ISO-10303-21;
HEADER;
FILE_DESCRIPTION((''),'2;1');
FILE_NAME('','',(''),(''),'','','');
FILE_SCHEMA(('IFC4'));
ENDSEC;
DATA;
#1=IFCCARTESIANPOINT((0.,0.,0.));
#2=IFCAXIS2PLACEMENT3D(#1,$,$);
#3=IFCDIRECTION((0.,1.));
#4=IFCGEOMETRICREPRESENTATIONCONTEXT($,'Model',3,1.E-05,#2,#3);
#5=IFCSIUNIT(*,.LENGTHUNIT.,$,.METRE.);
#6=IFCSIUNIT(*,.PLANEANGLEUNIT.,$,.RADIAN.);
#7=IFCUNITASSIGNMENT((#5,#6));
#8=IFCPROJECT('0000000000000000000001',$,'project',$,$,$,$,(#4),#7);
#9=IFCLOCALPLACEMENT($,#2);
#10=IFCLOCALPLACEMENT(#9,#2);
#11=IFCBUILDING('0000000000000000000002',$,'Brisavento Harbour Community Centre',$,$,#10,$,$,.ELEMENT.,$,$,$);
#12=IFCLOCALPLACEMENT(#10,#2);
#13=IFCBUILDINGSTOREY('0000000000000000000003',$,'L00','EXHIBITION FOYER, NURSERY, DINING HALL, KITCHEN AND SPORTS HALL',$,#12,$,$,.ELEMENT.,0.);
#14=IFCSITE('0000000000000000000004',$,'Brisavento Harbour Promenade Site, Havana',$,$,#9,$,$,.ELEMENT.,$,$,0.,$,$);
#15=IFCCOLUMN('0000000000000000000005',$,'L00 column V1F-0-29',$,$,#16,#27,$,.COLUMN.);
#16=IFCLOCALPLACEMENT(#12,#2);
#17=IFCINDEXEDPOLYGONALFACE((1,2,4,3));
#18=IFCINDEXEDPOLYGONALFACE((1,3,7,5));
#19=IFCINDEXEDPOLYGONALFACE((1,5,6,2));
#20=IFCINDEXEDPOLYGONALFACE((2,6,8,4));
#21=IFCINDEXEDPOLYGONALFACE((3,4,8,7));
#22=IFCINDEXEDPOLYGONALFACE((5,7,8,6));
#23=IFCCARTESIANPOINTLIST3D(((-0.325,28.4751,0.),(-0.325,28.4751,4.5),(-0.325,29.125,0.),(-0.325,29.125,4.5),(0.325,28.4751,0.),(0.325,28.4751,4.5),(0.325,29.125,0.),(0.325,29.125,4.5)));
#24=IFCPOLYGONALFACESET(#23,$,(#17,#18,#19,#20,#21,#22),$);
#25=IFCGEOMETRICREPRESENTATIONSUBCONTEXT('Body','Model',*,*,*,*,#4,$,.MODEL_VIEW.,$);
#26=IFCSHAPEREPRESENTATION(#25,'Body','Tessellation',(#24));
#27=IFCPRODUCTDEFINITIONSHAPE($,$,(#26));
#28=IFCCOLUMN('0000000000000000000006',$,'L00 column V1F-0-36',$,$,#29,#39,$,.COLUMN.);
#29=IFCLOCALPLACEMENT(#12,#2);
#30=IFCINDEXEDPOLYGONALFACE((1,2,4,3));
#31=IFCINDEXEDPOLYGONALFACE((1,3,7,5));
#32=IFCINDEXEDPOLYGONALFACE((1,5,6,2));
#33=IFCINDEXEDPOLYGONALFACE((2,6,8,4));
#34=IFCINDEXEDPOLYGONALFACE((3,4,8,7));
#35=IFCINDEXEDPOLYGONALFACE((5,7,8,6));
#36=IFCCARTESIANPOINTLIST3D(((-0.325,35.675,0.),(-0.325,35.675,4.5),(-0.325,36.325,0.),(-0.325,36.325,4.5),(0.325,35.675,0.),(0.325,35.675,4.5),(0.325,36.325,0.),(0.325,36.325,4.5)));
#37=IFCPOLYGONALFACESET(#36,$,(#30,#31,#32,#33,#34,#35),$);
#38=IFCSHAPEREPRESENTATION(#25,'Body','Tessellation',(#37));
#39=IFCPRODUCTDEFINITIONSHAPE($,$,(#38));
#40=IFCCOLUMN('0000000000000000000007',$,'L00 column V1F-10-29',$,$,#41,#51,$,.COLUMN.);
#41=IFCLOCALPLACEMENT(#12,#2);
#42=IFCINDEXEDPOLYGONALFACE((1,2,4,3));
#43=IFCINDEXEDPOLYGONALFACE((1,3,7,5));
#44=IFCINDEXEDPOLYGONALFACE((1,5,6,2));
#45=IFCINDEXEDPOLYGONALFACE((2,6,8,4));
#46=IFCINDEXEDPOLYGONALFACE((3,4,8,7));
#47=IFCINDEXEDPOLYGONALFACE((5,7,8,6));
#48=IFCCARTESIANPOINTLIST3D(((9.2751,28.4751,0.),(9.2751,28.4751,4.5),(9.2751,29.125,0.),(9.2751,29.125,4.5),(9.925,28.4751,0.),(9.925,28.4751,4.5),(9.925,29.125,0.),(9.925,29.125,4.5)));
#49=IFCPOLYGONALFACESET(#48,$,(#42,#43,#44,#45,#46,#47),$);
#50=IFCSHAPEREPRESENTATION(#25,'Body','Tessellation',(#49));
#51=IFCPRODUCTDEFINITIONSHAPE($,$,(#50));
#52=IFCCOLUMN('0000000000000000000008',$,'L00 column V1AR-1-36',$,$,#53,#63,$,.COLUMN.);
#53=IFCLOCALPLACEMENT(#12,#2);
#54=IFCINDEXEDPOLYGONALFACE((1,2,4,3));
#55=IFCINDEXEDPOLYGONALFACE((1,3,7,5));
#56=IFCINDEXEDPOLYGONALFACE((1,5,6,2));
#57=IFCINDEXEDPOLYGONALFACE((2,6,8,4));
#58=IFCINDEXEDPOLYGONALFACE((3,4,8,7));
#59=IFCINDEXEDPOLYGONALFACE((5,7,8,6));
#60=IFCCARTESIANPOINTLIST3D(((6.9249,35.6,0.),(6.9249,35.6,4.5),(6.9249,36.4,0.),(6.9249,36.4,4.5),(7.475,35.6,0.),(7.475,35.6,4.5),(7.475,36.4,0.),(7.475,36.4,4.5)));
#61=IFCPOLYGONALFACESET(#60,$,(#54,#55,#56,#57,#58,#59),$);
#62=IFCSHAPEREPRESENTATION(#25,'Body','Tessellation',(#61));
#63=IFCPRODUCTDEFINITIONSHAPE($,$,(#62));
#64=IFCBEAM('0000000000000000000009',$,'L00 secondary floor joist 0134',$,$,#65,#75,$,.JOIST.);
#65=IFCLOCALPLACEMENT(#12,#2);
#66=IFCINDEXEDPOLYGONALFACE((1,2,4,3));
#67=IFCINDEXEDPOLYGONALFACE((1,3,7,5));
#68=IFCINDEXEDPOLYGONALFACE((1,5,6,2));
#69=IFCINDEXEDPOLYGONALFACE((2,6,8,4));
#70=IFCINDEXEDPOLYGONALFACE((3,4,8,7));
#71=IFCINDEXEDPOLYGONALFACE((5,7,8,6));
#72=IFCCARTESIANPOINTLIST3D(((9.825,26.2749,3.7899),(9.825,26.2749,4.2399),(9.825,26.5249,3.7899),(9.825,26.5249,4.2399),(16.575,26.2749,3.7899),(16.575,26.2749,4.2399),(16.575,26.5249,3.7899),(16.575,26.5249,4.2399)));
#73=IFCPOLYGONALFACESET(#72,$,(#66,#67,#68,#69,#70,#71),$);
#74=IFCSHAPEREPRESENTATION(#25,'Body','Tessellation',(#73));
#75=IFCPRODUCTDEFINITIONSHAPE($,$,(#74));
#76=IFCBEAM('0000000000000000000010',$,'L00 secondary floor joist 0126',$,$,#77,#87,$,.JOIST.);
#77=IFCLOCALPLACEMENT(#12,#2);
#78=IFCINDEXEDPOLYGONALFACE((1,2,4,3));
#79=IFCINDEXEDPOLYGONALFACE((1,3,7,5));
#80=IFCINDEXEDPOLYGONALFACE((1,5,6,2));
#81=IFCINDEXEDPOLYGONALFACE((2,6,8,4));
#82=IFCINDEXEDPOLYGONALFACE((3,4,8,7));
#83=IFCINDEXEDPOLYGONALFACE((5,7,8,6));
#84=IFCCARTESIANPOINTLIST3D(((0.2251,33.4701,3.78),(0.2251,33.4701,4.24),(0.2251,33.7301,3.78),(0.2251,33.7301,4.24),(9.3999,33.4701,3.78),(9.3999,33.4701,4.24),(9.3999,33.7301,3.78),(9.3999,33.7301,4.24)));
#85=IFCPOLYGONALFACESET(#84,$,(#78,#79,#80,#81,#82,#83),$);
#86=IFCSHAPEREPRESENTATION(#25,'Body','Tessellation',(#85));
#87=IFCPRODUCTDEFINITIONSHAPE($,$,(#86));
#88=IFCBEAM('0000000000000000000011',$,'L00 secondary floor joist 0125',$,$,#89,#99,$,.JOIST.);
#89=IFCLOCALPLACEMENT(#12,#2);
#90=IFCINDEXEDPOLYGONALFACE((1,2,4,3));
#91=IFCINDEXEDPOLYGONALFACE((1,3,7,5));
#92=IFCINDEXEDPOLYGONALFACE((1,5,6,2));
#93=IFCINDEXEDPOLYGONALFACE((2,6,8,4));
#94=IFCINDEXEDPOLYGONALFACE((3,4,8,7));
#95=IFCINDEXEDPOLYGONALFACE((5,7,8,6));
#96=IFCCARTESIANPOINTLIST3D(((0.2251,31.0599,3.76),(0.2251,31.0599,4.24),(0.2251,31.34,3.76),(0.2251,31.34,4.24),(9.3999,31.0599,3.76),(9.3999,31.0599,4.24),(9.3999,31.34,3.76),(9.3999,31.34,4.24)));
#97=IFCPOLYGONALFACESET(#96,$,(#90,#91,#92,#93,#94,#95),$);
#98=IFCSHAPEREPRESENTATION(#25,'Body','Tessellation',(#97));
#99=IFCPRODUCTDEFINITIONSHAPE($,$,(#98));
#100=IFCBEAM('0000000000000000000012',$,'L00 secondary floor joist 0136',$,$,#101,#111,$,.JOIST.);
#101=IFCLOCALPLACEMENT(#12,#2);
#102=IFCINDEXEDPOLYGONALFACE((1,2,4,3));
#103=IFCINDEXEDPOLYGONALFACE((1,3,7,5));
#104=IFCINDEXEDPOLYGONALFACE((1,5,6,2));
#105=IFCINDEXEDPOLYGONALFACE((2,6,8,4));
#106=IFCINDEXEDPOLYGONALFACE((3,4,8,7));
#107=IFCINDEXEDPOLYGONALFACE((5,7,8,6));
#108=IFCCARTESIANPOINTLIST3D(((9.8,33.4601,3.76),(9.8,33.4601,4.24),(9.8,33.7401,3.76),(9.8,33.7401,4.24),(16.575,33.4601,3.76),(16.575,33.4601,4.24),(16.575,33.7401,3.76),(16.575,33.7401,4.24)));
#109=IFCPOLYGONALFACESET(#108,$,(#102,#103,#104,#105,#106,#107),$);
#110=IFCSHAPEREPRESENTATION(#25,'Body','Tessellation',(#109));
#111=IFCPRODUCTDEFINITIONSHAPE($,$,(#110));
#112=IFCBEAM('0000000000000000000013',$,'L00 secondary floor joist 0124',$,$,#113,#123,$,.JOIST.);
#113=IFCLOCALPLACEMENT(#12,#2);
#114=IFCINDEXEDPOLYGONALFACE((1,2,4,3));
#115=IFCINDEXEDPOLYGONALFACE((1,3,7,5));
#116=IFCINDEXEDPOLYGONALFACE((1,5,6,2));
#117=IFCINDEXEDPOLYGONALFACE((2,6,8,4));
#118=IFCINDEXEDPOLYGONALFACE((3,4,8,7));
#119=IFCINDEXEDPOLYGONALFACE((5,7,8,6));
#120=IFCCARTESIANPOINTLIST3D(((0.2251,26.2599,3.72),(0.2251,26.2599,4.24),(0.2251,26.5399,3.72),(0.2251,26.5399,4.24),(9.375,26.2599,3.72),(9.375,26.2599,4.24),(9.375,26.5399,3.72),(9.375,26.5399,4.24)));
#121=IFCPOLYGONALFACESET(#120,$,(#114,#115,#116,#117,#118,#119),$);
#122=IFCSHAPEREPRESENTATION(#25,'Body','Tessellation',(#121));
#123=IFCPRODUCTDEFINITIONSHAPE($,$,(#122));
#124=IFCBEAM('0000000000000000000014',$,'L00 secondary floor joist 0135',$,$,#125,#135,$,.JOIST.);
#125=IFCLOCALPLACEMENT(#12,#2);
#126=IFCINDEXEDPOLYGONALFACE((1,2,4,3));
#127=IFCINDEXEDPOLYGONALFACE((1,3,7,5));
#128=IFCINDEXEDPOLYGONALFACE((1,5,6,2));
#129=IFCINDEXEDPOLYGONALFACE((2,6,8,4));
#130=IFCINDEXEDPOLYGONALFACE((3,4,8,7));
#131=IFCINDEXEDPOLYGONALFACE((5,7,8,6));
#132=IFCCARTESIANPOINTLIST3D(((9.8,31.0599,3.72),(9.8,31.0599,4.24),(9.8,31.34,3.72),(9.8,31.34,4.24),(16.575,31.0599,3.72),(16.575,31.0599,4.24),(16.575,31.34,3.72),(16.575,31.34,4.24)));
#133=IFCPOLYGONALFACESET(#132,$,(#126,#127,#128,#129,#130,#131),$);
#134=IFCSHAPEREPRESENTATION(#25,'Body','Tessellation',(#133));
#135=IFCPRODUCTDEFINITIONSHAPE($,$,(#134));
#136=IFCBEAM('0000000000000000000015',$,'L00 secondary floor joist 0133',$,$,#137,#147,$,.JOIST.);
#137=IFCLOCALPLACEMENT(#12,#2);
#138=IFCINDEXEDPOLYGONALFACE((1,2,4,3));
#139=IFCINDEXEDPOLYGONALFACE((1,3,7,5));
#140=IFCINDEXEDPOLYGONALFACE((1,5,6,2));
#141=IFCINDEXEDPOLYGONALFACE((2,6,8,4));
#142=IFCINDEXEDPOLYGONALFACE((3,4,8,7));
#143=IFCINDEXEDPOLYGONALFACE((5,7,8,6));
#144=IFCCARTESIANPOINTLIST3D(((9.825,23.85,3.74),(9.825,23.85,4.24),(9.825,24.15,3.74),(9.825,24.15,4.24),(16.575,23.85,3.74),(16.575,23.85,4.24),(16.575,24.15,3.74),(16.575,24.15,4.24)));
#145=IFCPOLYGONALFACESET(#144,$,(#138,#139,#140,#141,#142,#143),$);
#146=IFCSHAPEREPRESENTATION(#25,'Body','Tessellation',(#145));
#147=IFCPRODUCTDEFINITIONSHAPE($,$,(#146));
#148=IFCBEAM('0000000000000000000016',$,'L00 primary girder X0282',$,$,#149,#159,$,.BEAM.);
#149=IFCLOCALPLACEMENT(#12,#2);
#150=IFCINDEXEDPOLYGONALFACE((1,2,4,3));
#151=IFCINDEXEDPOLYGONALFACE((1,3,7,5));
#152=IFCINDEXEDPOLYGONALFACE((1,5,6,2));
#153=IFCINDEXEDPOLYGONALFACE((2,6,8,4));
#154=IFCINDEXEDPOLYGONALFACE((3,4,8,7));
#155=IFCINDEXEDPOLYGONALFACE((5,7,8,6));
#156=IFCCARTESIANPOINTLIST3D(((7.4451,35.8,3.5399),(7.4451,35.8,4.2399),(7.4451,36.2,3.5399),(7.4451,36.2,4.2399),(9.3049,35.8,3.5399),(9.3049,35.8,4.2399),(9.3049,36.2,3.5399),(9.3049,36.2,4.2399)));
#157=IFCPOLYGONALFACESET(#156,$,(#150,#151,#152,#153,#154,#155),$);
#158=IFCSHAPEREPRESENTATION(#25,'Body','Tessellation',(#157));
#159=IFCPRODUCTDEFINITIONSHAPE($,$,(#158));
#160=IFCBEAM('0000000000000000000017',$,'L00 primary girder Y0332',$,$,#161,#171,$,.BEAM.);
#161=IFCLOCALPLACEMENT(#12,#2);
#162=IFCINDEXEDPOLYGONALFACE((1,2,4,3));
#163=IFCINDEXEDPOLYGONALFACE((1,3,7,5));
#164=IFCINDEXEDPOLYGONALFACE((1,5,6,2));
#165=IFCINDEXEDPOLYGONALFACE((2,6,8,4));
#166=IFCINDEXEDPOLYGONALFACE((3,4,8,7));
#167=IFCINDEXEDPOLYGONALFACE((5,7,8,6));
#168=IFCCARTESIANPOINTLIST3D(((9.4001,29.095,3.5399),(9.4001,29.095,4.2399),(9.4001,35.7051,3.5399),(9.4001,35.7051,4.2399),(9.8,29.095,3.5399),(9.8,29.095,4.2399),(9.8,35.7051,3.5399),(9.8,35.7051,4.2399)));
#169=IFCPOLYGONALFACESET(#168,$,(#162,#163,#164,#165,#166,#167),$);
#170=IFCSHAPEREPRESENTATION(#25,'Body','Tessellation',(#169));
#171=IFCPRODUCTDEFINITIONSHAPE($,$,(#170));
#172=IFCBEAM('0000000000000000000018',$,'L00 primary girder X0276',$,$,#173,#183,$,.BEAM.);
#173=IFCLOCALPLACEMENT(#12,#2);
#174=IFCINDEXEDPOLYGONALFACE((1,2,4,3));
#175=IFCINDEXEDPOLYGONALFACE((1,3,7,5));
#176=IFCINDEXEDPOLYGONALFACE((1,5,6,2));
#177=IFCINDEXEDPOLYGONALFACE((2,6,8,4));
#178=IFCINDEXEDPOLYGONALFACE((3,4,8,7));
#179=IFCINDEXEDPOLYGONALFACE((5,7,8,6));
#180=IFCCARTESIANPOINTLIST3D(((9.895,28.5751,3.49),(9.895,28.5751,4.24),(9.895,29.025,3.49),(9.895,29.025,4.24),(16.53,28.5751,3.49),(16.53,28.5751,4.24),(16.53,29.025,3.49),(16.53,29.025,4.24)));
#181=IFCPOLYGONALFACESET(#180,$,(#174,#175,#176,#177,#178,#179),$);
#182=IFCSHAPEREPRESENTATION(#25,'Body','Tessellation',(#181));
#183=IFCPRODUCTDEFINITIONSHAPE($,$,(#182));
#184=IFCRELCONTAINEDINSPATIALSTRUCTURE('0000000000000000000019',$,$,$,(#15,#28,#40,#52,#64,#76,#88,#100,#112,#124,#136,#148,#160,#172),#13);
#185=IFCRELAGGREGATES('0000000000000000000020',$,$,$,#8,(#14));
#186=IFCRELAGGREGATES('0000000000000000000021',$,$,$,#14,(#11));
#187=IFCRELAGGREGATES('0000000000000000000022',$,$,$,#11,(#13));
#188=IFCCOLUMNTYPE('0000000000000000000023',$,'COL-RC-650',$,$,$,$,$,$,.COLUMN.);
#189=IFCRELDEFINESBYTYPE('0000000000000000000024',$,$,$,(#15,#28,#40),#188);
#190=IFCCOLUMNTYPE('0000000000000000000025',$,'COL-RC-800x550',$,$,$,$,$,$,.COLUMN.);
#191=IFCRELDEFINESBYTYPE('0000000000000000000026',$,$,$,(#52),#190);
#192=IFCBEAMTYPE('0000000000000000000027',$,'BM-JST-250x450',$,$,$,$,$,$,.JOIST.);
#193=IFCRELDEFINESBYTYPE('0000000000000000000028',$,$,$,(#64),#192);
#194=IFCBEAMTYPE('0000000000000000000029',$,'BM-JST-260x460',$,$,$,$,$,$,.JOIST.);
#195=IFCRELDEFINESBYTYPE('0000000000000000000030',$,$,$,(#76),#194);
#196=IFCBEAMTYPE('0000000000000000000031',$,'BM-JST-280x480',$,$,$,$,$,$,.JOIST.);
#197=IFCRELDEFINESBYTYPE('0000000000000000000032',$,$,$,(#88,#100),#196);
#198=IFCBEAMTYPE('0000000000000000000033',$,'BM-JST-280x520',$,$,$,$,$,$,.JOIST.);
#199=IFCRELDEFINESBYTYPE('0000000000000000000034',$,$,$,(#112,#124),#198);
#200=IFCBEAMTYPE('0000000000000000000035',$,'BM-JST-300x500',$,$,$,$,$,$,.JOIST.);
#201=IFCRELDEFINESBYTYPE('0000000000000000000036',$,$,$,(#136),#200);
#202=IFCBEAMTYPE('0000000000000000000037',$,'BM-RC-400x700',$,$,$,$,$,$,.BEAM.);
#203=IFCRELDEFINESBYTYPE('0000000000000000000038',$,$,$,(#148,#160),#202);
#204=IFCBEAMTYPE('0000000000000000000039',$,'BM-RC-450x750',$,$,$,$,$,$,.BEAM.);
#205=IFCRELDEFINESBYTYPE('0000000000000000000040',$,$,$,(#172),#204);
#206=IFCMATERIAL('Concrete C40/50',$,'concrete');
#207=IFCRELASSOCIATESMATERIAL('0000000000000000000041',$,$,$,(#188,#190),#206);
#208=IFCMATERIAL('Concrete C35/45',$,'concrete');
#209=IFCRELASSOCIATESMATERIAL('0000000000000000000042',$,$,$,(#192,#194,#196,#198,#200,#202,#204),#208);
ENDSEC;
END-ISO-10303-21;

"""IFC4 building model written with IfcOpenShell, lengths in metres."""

from ifc_helpers import new_model, si_unit, direction, frame, origin, origin_2d, place, context, subcontext, project, spatial, rectangle, extrude, material, material_profile, profile_set, type_object, element, save


model = new_model("IFC4")

# Units and contexts
model_context = context("Model", 3, precision=1e-05, world=origin(), true_north=direction((0.0, 1.0)))
body_context = subcontext(model_context, "Body", "Model", "MODEL_VIEW")
ifc_project = project(units=[si_unit("LENGTHUNIT", "METRE"), si_unit("PLANEANGLEUNIT", "RADIAN")], contexts=[model_context])

# Site, building, storey
site_placement = place(None, origin())
site = spatial("IfcSite", under=ifc_project, at=site_placement, Name="Brisavento Harbour Promenade Site, Havana", CompositionType="ELEMENT", RefElevation=0.0)
building_placement = place(site_placement, origin())
building = spatial("IfcBuilding", under=site, at=building_placement, Name="Brisavento Harbour Community Centre", CompositionType="ELEMENT")
storey_placement = place(building_placement, origin())
storey = spatial("IfcBuildingStorey", under=building, at=storey_placement, Name="L00", Description="EXHIBITION FOYER, NURSERY, DINING HALL, KITCHEN AND SPORTS HALL", CompositionType="ELEMENT", Elevation=0.0)

# Columns
ifc_material_1 = material(Name="Concrete C40/50", Category="concrete")
ifc_material_profile_1 = material_profile(ifc_material_1, rectangle(XDim=0.6499, YDim=0.6499, at=origin_2d()), Name="Concrete C40/50")
ifc_profile_set_1 = profile_set([ifc_material_profile_1], Name="Concrete C40/50")
column_type_1 = type_object("IfcColumnType", Name="COL-RC-650", PredefinedType="COLUMN", material=ifc_profile_set_1)
for number, where, z_axis, x_axis, name in (
    (1, (0.0, 28.8, 0.0), (0.0, 0.0, 1.0), (1.0, 0.0, 0.0), "L00 column V1F-0-29"),
    (2, (0.0, 36.0, 0.0), (0.0, 0.0, 1.0), (1.0, 0.0, 0.0), "L00 column V1F-0-36"),
    (3, (9.6001, 28.8, 0.0), (0.0, 0.0, 1.0), (1.0, 0.0, 0.0), "L00 column V1F-10-29"),
):
    element("IfcColumn", number, at=place(storey_placement, frame(where, z_axis=z_axis, x_axis=x_axis)), inside=storey, type_object=column_type_1, Name=name, PredefinedType="COLUMN", context=body_context, shape_type="SweptSolid", body=[
        extrude(rectangle(XDim=0.6499, YDim=0.6499, at=origin_2d()), origin(), (0.0, 0.0, 1.0), 4.5),
    ])
ifc_material_profile_2 = material_profile(ifc_material_1, rectangle(XDim=0.55, YDim=0.8, at=origin_2d()), Name="Concrete C40/50")
ifc_profile_set_2 = profile_set([ifc_material_profile_2], Name="Concrete C40/50")
column_type_2 = type_object("IfcColumnType", Name="COL-RC-800x550", PredefinedType="COLUMN", material=ifc_profile_set_2)
column_placement = place(storey_placement, frame((7.2, 36.0, 0.0), z_axis=(0.0, 0.0, 1.0), x_axis=(1.0, 0.0, 0.0)))
element("IfcColumn", 4, at=column_placement, inside=storey, type_object=column_type_2, Name="L00 column V1AR-1-36", PredefinedType="COLUMN", context=body_context, shape_type="SweptSolid", body=[
    extrude(rectangle(XDim=0.55, YDim=0.8, at=origin_2d()), origin(), (0.0, 0.0, 1.0), 4.5),
])

# Beams
ifc_material_2 = material(Name="Concrete C35/45", Category="concrete")
ifc_material_profile_3 = material_profile(ifc_material_2, rectangle(XDim=0.25, YDim=0.45, at=origin_2d()), Name="Concrete C35/45")
ifc_profile_set_3 = profile_set([ifc_material_profile_3], Name="Concrete C35/45")
beam_type_1 = type_object("IfcBeamType", Name="BM-JST-250x450", PredefinedType="JOIST", material=ifc_profile_set_3)
beam_1_placement = place(storey_placement, frame((9.825, 26.3999, 4.0149), z_axis=(1.0, 0.0, 0.0), x_axis=(0.0, 1.0, 0.0)))
element("IfcBeam", 5, at=beam_1_placement, inside=storey, type_object=beam_type_1, Name="L00 secondary floor joist 0134", PredefinedType="JOIST", context=body_context, shape_type="SweptSolid", body=[
    extrude(rectangle(XDim=0.25, YDim=0.45, at=origin_2d()), origin(), (0.0, 0.0, 1.0), 6.75),
])
ifc_material_profile_4 = material_profile(ifc_material_2, rectangle(XDim=0.26, YDim=0.46, at=origin_2d()), Name="Concrete C35/45")
ifc_profile_set_4 = profile_set([ifc_material_profile_4], Name="Concrete C35/45")
beam_type_2 = type_object("IfcBeamType", Name="BM-JST-260x460", PredefinedType="JOIST", material=ifc_profile_set_4)
beam_2_placement = place(storey_placement, frame((0.2251, 33.6001, 4.01), z_axis=(1.0, 0.0, 0.0), x_axis=(0.0, 1.0, 0.0)))
element("IfcBeam", 6, at=beam_2_placement, inside=storey, type_object=beam_type_2, Name="L00 secondary floor joist 0126", PredefinedType="JOIST", context=body_context, shape_type="SweptSolid", body=[
    extrude(rectangle(XDim=0.26, YDim=0.46, at=origin_2d()), origin(), (0.0, 0.0, 1.0), 9.1748),
])
ifc_material_profile_5 = material_profile(ifc_material_2, rectangle(XDim=0.28, YDim=0.48, at=origin_2d()), Name="Concrete C35/45")
ifc_profile_set_5 = profile_set([ifc_material_profile_5], Name="Concrete C35/45")
beam_type_3 = type_object("IfcBeamType", Name="BM-JST-280x480", PredefinedType="JOIST", material=ifc_profile_set_5)
beam_3_placement = place(storey_placement, frame((0.2251, 31.2, 4.0), z_axis=(1.0, 0.0, 0.0), x_axis=(0.0, 1.0, 0.0)))
element("IfcBeam", 7, at=beam_3_placement, inside=storey, type_object=beam_type_3, Name="L00 secondary floor joist 0125", PredefinedType="JOIST", context=body_context, shape_type="SweptSolid", body=[
    extrude(rectangle(XDim=0.28, YDim=0.48, at=origin_2d()), origin(), (0.0, 0.0, 1.0), 9.1748),
])
beam_4_placement = place(storey_placement, frame((9.8, 33.6001, 4.0), z_axis=(1.0, 0.0, 0.0), x_axis=(0.0, 1.0, 0.0)))
element("IfcBeam", 8, at=beam_4_placement, inside=storey, type_object=beam_type_3, Name="L00 secondary floor joist 0136", PredefinedType="JOIST", context=body_context, shape_type="SweptSolid", body=[
    extrude(rectangle(XDim=0.28, YDim=0.48, at=origin_2d()), origin(), (0.0, 0.0, 1.0), 6.7749),
])
ifc_material_profile_6 = material_profile(ifc_material_2, rectangle(XDim=0.28, YDim=0.52, at=origin_2d()), Name="Concrete C35/45")
ifc_profile_set_6 = profile_set([ifc_material_profile_6], Name="Concrete C35/45")
beam_type_4 = type_object("IfcBeamType", Name="BM-JST-280x520", PredefinedType="JOIST", material=ifc_profile_set_6)
beam_5_placement = place(storey_placement, frame((0.2251, 26.3999, 3.98), z_axis=(1.0, 0.0, 0.0), x_axis=(0.0, 1.0, 0.0)))
element("IfcBeam", 9, at=beam_5_placement, inside=storey, type_object=beam_type_4, Name="L00 secondary floor joist 0124", PredefinedType="JOIST", context=body_context, shape_type="SweptSolid", body=[
    extrude(rectangle(XDim=0.28, YDim=0.52, at=origin_2d()), origin(), (0.0, 0.0, 1.0), 9.1499),
])
beam_6_placement = place(storey_placement, frame((9.8, 31.2, 3.98), z_axis=(1.0, 0.0, 0.0), x_axis=(0.0, 1.0, 0.0)))
element("IfcBeam", 10, at=beam_6_placement, inside=storey, type_object=beam_type_4, Name="L00 secondary floor joist 0135", PredefinedType="JOIST", context=body_context, shape_type="SweptSolid", body=[
    extrude(rectangle(XDim=0.28, YDim=0.52, at=origin_2d()), origin(), (0.0, 0.0, 1.0), 6.7749),
])
ifc_material_profile_7 = material_profile(ifc_material_2, rectangle(XDim=0.3, YDim=0.5, at=origin_2d()), Name="Concrete C35/45")
ifc_profile_set_7 = profile_set([ifc_material_profile_7], Name="Concrete C35/45")
beam_type_5 = type_object("IfcBeamType", Name="BM-JST-300x500", PredefinedType="JOIST", material=ifc_profile_set_7)
beam_7_placement = place(storey_placement, frame((9.825, 24.0, 3.99), z_axis=(1.0, 0.0, 0.0), x_axis=(0.0, 1.0, 0.0)))
element("IfcBeam", 11, at=beam_7_placement, inside=storey, type_object=beam_type_5, Name="L00 secondary floor joist 0133", PredefinedType="JOIST", context=body_context, shape_type="SweptSolid", body=[
    extrude(rectangle(XDim=0.3, YDim=0.5, at=origin_2d()), origin(), (0.0, 0.0, 1.0), 6.75),
])
ifc_material_profile_8 = material_profile(ifc_material_2, rectangle(XDim=0.3999, YDim=0.7, at=origin_2d()), Name="Concrete C35/45")
ifc_profile_set_8 = profile_set([ifc_material_profile_8], Name="Concrete C35/45")
beam_type_6 = type_object("IfcBeamType", Name="BM-RC-400x700", PredefinedType="BEAM", material=ifc_profile_set_8)
beam_8_placement = place(storey_placement, frame((7.4451, 36.0, 3.8899), z_axis=(1.0, 0.0, 0.0), x_axis=(0.0, 1.0, 0.0)))
element("IfcBeam", 12, at=beam_8_placement, inside=storey, type_object=beam_type_6, Name="L00 primary girder X0282", PredefinedType="BEAM", context=body_context, shape_type="SweptSolid", body=[
    extrude(rectangle(XDim=0.3999, YDim=0.7, at=origin_2d()), origin(), (0.0, 0.0, 1.0), 1.8599),
])
beam_9_placement = place(storey_placement, frame((9.6001, 29.095, 3.8899), z_axis=(0.0, 1.0, 0.0), x_axis=(-1.0, 0.0, 0.0)))
element("IfcBeam", 13, at=beam_9_placement, inside=storey, type_object=beam_type_6, Name="L00 primary girder Y0332", PredefinedType="BEAM", context=body_context, shape_type="SweptSolid", body=[
    extrude(rectangle(XDim=0.3999, YDim=0.7, at=origin_2d()), origin(), (0.0, 0.0, 1.0), 6.6101),
])
ifc_material_profile_9 = material_profile(ifc_material_2, rectangle(XDim=0.45, YDim=0.75, at=origin_2d()), Name="Concrete C35/45")
ifc_profile_set_9 = profile_set([ifc_material_profile_9], Name="Concrete C35/45")
beam_type_7 = type_object("IfcBeamType", Name="BM-RC-450x750", PredefinedType="BEAM", material=ifc_profile_set_9)
beam_10_placement = place(storey_placement, frame((9.895, 28.8, 3.865), z_axis=(1.0, 0.0, 0.0), x_axis=(0.0, 1.0, 0.0)))
element("IfcBeam", 14, at=beam_10_placement, inside=storey, type_object=beam_type_7, Name="L00 primary girder X0276", PredefinedType="BEAM", context=body_context, shape_type="SweptSolid", body=[
    extrude(rectangle(XDim=0.45, YDim=0.75, at=origin_2d()), origin(), (0.0, 0.0, 1.0), 6.635),
])

save(model, "model.ifc")
